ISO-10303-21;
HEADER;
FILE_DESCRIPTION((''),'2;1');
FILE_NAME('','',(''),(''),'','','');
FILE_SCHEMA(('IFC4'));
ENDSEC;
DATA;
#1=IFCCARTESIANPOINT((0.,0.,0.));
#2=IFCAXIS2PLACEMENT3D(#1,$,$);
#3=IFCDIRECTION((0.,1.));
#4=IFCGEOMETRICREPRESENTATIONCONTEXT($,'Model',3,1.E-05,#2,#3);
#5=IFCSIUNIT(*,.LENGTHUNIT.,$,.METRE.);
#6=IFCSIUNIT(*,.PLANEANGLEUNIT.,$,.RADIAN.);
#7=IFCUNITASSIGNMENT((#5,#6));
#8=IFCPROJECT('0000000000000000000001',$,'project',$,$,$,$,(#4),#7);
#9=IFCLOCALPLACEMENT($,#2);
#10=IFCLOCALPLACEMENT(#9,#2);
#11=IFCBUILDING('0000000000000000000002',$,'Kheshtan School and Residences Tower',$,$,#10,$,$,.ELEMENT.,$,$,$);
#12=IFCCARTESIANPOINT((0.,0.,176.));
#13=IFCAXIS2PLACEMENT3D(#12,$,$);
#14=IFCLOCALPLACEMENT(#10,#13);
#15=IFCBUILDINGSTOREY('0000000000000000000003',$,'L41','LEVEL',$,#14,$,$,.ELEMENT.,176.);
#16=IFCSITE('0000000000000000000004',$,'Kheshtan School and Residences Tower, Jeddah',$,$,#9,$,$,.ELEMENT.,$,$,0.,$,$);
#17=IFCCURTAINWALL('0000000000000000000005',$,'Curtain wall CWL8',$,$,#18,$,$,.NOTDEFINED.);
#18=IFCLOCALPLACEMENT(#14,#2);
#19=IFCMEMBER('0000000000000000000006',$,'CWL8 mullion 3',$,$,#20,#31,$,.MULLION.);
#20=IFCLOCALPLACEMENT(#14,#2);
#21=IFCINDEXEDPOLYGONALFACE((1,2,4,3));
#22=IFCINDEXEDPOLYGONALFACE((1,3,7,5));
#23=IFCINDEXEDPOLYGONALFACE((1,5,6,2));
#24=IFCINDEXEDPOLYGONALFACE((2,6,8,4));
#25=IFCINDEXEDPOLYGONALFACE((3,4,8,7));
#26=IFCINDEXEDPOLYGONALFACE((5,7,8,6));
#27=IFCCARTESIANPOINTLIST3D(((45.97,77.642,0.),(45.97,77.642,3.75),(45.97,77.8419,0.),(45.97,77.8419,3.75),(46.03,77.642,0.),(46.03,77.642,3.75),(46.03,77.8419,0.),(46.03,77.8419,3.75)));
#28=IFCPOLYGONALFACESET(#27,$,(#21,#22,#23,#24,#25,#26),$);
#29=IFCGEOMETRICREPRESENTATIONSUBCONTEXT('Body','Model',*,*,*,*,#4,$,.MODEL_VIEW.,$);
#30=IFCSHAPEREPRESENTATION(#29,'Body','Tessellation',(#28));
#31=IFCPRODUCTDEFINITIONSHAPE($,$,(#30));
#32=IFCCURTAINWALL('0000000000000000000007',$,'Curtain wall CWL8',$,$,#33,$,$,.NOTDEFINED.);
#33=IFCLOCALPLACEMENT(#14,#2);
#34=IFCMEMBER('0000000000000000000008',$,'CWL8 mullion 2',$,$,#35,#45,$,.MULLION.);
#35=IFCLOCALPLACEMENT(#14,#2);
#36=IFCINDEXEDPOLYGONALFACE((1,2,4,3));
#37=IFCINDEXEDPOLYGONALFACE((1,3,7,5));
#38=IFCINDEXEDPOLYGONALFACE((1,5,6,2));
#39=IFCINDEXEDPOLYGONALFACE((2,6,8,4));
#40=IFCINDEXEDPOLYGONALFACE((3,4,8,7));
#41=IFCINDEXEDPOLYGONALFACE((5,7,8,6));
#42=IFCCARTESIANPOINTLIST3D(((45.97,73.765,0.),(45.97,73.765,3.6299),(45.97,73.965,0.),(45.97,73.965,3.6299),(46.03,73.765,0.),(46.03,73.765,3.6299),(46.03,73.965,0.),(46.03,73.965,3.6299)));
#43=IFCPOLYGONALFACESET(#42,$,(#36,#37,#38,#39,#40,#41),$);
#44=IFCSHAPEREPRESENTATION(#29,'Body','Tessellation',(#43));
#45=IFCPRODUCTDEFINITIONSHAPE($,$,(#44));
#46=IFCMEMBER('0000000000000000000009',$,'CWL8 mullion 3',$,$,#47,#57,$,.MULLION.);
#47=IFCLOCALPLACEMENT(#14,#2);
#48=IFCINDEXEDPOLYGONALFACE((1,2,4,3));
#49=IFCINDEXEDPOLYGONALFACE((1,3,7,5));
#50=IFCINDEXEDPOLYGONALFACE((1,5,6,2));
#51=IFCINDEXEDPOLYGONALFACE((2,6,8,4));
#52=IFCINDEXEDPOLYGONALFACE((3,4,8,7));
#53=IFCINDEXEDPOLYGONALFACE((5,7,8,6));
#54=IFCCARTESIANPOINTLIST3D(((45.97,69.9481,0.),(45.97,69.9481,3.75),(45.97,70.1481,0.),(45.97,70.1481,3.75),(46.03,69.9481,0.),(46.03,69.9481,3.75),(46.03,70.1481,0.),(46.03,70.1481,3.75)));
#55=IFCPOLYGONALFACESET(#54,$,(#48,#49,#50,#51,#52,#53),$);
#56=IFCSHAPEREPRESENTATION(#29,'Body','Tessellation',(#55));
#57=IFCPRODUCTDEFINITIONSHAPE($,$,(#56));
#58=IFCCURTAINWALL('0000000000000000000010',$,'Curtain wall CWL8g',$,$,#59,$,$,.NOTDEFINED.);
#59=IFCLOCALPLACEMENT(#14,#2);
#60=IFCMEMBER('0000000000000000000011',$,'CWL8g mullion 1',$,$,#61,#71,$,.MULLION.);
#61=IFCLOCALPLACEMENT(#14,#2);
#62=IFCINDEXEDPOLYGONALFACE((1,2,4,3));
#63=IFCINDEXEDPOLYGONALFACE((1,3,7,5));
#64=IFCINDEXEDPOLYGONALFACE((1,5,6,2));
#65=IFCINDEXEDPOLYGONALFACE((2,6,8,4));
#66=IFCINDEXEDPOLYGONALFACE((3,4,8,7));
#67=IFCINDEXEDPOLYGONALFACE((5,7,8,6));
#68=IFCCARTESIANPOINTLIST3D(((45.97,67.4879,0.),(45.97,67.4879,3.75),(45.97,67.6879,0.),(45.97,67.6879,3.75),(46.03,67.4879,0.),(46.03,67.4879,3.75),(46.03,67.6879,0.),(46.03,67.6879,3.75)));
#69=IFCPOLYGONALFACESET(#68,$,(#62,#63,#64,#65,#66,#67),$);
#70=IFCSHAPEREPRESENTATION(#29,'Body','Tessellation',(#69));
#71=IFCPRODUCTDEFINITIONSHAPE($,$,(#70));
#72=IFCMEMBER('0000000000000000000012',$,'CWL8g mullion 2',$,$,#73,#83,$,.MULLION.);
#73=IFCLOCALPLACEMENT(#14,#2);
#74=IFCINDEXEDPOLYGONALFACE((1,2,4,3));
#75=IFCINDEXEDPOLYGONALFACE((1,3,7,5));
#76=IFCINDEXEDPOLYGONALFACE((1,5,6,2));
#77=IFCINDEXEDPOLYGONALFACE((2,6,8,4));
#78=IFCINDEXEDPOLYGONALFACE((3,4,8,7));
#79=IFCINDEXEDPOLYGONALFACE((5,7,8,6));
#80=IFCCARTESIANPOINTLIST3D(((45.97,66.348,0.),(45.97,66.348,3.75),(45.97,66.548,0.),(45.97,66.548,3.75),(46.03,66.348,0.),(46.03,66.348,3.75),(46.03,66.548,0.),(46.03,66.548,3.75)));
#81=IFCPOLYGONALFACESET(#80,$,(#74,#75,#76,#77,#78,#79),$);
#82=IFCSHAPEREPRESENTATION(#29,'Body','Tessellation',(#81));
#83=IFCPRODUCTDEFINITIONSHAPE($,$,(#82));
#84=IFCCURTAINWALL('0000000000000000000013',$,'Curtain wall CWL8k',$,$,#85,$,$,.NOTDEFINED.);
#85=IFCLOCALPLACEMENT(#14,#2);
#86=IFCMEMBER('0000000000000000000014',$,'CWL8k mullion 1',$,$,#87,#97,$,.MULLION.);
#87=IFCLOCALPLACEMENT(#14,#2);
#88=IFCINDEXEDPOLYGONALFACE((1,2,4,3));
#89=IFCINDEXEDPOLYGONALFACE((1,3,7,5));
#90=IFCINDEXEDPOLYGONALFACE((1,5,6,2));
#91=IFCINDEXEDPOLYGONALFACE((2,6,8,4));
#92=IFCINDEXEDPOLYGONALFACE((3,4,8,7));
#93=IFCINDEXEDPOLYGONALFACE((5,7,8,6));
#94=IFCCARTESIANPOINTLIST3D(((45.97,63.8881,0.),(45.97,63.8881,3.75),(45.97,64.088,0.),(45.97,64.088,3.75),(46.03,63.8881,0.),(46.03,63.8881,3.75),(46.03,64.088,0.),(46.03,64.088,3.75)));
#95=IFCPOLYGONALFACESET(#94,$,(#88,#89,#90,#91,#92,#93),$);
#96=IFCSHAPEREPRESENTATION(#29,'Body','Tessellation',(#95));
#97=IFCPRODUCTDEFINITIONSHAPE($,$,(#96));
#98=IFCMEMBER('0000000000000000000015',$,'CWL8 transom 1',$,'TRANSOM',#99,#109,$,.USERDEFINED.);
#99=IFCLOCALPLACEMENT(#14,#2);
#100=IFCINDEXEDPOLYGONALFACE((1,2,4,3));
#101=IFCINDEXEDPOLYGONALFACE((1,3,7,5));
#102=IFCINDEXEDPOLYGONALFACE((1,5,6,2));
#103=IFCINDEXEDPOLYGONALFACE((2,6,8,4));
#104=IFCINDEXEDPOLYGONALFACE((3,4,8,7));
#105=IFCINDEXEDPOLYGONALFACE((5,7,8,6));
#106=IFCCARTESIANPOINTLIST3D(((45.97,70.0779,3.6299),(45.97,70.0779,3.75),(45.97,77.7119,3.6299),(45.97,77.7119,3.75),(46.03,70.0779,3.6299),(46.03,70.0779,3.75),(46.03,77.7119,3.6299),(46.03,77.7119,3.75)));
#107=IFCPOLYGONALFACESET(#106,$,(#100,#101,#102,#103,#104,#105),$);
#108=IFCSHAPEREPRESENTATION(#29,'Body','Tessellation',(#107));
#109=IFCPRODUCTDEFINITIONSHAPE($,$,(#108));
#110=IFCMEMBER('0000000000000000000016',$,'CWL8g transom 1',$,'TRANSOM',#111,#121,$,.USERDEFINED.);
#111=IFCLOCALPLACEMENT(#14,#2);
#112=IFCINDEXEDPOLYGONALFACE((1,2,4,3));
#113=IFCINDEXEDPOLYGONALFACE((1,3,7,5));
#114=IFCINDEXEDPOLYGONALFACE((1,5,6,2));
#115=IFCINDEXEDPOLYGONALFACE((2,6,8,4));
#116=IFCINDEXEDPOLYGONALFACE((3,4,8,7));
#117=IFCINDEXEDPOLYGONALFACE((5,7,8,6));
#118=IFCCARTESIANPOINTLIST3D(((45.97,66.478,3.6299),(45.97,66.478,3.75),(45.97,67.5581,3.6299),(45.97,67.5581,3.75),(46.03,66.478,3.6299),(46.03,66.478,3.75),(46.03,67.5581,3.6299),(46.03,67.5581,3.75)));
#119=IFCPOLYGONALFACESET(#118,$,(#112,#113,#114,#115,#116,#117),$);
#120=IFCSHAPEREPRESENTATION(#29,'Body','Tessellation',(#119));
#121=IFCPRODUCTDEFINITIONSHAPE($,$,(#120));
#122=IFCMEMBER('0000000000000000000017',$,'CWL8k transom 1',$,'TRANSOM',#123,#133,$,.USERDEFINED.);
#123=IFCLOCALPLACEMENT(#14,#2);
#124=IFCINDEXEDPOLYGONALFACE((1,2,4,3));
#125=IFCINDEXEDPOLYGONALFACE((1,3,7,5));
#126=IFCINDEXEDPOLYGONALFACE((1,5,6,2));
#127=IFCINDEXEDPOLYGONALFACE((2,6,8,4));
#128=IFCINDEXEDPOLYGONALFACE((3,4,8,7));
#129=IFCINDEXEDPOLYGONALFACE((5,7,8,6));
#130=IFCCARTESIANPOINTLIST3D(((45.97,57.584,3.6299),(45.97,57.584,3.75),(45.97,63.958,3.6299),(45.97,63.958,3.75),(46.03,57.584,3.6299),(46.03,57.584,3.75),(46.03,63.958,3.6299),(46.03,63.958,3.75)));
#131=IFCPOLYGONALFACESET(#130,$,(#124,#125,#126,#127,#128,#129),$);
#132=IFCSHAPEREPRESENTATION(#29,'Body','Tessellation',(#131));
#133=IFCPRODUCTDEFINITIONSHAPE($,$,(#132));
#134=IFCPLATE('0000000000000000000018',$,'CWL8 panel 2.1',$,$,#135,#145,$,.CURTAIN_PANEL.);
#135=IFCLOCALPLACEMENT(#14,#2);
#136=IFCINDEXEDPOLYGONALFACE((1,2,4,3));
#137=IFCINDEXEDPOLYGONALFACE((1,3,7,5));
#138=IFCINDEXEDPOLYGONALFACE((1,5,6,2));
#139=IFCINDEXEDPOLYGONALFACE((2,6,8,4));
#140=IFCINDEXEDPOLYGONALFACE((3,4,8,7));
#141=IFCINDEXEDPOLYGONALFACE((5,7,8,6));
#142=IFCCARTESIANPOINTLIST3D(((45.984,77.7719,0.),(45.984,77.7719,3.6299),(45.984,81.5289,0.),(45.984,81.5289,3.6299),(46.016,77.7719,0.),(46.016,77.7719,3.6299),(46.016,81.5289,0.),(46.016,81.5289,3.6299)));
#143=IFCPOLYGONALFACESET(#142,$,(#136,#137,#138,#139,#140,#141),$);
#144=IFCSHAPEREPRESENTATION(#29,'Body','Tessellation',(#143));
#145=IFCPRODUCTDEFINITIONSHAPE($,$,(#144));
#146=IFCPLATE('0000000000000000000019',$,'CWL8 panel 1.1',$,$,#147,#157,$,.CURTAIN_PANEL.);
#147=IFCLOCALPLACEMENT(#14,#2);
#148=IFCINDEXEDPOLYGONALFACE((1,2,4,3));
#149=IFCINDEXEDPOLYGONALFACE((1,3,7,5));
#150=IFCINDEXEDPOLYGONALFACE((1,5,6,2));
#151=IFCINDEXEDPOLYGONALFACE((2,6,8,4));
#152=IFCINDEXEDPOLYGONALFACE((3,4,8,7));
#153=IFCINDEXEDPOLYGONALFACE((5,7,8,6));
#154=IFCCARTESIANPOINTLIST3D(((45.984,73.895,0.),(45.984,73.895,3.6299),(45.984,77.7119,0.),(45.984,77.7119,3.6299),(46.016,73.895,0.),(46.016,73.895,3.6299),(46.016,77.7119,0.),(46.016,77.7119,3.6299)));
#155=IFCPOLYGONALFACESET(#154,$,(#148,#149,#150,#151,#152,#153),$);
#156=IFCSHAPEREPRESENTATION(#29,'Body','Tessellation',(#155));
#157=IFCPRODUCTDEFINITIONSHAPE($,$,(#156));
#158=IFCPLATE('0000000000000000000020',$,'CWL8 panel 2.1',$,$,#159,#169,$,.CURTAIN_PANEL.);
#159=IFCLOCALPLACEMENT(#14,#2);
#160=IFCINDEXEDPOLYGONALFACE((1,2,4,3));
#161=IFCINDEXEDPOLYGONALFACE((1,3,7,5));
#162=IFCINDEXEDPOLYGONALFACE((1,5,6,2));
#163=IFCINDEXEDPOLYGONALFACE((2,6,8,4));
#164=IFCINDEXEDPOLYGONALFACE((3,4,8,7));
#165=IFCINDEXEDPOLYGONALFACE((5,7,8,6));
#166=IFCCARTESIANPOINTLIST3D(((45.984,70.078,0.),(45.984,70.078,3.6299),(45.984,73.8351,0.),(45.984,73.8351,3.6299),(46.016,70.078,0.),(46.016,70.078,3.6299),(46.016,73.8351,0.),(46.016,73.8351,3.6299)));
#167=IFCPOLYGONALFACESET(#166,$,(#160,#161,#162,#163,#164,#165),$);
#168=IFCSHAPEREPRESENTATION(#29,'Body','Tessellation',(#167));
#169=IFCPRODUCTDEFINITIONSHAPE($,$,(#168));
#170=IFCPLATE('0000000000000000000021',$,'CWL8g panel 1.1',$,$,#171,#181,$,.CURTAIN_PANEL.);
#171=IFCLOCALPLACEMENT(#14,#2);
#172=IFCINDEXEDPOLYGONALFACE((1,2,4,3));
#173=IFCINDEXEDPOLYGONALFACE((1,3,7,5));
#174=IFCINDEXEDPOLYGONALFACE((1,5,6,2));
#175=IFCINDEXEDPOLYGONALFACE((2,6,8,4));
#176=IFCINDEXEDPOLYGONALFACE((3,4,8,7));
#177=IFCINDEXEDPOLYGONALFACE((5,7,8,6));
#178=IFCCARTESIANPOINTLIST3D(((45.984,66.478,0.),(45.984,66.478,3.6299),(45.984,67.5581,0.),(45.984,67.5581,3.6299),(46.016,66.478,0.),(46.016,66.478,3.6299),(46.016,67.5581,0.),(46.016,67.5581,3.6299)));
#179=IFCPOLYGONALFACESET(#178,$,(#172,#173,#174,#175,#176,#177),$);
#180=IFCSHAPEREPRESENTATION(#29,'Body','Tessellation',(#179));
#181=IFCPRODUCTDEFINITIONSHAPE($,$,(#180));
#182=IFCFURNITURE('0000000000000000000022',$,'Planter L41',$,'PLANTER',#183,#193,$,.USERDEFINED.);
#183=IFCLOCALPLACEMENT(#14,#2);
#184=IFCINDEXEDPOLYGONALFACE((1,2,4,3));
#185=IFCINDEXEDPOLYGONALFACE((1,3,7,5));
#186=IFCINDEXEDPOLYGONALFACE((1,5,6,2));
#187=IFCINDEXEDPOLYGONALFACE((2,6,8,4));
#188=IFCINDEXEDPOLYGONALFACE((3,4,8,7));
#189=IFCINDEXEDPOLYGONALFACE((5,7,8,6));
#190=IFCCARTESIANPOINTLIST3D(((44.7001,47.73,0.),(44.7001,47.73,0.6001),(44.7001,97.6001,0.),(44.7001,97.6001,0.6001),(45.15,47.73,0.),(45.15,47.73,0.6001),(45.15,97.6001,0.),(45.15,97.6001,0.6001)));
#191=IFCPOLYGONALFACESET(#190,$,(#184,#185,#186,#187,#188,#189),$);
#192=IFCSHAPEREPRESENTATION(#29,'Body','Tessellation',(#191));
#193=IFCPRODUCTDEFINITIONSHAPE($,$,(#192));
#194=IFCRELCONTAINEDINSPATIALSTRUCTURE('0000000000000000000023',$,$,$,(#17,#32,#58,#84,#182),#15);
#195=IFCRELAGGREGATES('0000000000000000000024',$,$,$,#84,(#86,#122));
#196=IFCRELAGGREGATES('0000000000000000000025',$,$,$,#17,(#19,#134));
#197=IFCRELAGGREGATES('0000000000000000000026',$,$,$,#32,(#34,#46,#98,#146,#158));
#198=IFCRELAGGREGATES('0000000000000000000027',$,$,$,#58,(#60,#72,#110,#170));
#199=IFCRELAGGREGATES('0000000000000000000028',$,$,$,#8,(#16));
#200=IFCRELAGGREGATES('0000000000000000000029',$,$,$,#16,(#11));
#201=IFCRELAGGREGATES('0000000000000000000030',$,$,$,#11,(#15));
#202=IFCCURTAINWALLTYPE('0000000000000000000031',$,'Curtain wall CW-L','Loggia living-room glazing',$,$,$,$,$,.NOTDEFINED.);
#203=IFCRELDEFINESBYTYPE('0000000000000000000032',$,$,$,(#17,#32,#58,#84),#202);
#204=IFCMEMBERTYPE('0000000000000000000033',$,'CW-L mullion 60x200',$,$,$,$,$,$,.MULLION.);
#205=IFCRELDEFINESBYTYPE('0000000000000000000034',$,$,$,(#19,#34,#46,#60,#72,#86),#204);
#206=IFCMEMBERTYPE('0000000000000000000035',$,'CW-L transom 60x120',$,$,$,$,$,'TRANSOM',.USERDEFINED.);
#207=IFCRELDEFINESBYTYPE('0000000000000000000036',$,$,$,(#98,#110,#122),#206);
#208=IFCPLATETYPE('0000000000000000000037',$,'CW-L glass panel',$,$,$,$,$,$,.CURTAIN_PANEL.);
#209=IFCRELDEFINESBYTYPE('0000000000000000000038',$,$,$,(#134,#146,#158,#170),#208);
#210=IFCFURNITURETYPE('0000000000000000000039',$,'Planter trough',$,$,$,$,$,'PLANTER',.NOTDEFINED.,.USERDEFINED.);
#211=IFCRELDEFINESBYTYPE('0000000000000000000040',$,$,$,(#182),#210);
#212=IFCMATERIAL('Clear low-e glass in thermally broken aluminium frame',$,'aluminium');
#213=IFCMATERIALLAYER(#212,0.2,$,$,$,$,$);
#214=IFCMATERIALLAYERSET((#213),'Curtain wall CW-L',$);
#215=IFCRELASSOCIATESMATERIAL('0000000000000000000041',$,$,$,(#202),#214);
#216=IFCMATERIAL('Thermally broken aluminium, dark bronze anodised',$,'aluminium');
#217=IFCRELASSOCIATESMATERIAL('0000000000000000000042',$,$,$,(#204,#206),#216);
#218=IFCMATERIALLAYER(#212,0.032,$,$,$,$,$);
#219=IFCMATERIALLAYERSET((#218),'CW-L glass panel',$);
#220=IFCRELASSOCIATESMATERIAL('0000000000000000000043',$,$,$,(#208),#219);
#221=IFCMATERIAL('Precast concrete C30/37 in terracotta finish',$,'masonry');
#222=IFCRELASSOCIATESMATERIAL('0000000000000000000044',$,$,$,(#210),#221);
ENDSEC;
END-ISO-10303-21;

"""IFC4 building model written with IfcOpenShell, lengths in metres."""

from ifc_helpers import new_model, si_unit, direction, frame, origin, origin_2d, place, context, subcontext, project, spatial, rectangle, extrude, material, layer, layer_set, material_profile, profile_set, type_object, element, aggregate, save


model = new_model("IFC4")

# Units and contexts
model_context = context("Model", 3, precision=1e-05, world=origin(), true_north=direction((0.0, 1.0)))
body_context = subcontext(model_context, "Body", "Model", "MODEL_VIEW")
ifc_project = project(units=[si_unit("LENGTHUNIT", "METRE"), si_unit("PLANEANGLEUNIT", "RADIAN")], contexts=[model_context])

# Site, building, storey
site_placement = place(None, origin())
site = spatial("IfcSite", under=ifc_project, at=site_placement, Name="Kheshtan School and Residences Tower, Jeddah", CompositionType="ELEMENT", RefElevation=0.0)
building_placement = place(site_placement, origin())
building = spatial("IfcBuilding", under=site, at=building_placement, Name="Kheshtan School and Residences Tower", CompositionType="ELEMENT")
storey_placement = place(building_placement, frame((0.0, 0.0, 176.0)))
storey = spatial("IfcBuildingStorey", under=building, at=storey_placement, Name="L41", Description="LEVEL", CompositionType="ELEMENT", Elevation=176.0)

# Curtain wall, member
ifc_material_1 = material(Name="Clear low-e glass in thermally broken aluminium frame", Category="aluminium")
ifc_layer_1 = layer(ifc_material_1, 0.2)
ifc_layer_set_1 = layer_set([ifc_layer_1], Name="Curtain wall CW-L")
curtain_wall_type = type_object("IfcCurtainWallType", Name="Curtain wall CW-L", Description="Loggia living-room glazing", PredefinedType="NOTDEFINED", material=ifc_layer_set_1)
curtain_wall_1_placement = place(storey_placement, origin())
curtain_wall_1 = element("IfcCurtainWall", 1, at=curtain_wall_1_placement, inside=storey, type_object=curtain_wall_type, Name="Curtain wall CWL8", PredefinedType="NOTDEFINED")
ifc_material_2 = material(Name="Thermally broken aluminium, dark bronze anodised", Category="aluminium")
ifc_material_profile_1 = material_profile(ifc_material_2, rectangle(XDim=0.0601, YDim=0.2, at=origin_2d()), Name="CW-L mullion 60x200")
ifc_profile_set_1 = profile_set([ifc_material_profile_1], Name="Thermally broken aluminium, dark bronze anodised")
member_type_1 = type_object("IfcMemberType", Name="CW-L mullion 60x200", PredefinedType="MULLION", material=ifc_profile_set_1)
member_1_placement = place(storey_placement, frame((46.0, 77.7419, 0.0), z_axis=(0.0, 0.0, 1.0), x_axis=(1.0, 0.0, 0.0)))
member_1 = element("IfcMember", 2, at=member_1_placement, type_object=member_type_1, Name="CWL8 mullion 3", PredefinedType="MULLION", context=body_context, shape_type="SweptSolid", body=[
    extrude(rectangle(XDim=0.0601, YDim=0.2, at=origin_2d()), origin(), (0.0, 0.0, 1.0), 3.75),
])

# Curtain walls, members
curtain_wall_2_placement = place(storey_placement, origin())
curtain_wall_2 = element("IfcCurtainWall", 3, at=curtain_wall_2_placement, inside=storey, type_object=curtain_wall_type, Name="Curtain wall CWL8", PredefinedType="NOTDEFINED")
member_2_placement = place(storey_placement, frame((46.0, 73.865, 0.0), z_axis=(0.0, 0.0, 1.0), x_axis=(1.0, 0.0, 0.0)))
member_2 = element("IfcMember", 4, at=member_2_placement, type_object=member_type_1, Name="CWL8 mullion 2", PredefinedType="MULLION", context=body_context, shape_type="SweptSolid", body=[
    extrude(rectangle(XDim=0.0601, YDim=0.2, at=origin_2d()), origin(), (0.0, 0.0, 1.0), 3.6299),
])
member_3_placement = place(storey_placement, frame((46.0, 70.0481, 0.0), z_axis=(0.0, 0.0, 1.0), x_axis=(1.0, 0.0, 0.0)))
member_3 = element("IfcMember", 5, at=member_3_placement, type_object=member_type_1, Name="CWL8 mullion 3", PredefinedType="MULLION", context=body_context, shape_type="SweptSolid", body=[
    extrude(rectangle(XDim=0.0601, YDim=0.2, at=origin_2d()), origin(), (0.0, 0.0, 1.0), 3.75),
])
curtain_wall_3_placement = place(storey_placement, origin())
curtain_wall_3 = element("IfcCurtainWall", 6, at=curtain_wall_3_placement, inside=storey, type_object=curtain_wall_type, Name="Curtain wall CWL8g", PredefinedType="NOTDEFINED")
member_4_placement = place(storey_placement, frame((46.0, 67.5879, 0.0), z_axis=(0.0, 0.0, 1.0), x_axis=(1.0, 0.0, 0.0)))
member_4 = element("IfcMember", 7, at=member_4_placement, type_object=member_type_1, Name="CWL8g mullion 1", PredefinedType="MULLION", context=body_context, shape_type="SweptSolid", body=[
    extrude(rectangle(XDim=0.0601, YDim=0.2, at=origin_2d()), origin(), (0.0, 0.0, 1.0), 3.75),
])
member_5_placement = place(storey_placement, frame((46.0, 66.448, 0.0), z_axis=(0.0, 0.0, 1.0), x_axis=(1.0, 0.0, 0.0)))
member_5 = element("IfcMember", 8, at=member_5_placement, type_object=member_type_1, Name="CWL8g mullion 2", PredefinedType="MULLION", context=body_context, shape_type="SweptSolid", body=[
    extrude(rectangle(XDim=0.0601, YDim=0.2, at=origin_2d()), origin(), (0.0, 0.0, 1.0), 3.75),
])

# Curtain wall, member
curtain_wall_4_placement = place(storey_placement, origin())
curtain_wall_4 = element("IfcCurtainWall", 9, at=curtain_wall_4_placement, inside=storey, type_object=curtain_wall_type, Name="Curtain wall CWL8k", PredefinedType="NOTDEFINED")
member_6_placement = place(storey_placement, frame((46.0, 63.988, 0.0), z_axis=(0.0, 0.0, 1.0), x_axis=(1.0, 0.0, 0.0)))
member_6 = element("IfcMember", 10, at=member_6_placement, type_object=member_type_1, Name="CWL8k mullion 1", PredefinedType="MULLION", context=body_context, shape_type="SweptSolid", body=[
    extrude(rectangle(XDim=0.0601, YDim=0.2, at=origin_2d()), origin(), (0.0, 0.0, 1.0), 3.75),
])

# Members
ifc_material_profile_2 = material_profile(ifc_material_2, rectangle(XDim=0.0601, YDim=0.1201, at=origin_2d()), Name="CW-L transom 60x120")
ifc_profile_set_2 = profile_set([ifc_material_profile_2], Name="Thermally broken aluminium, dark bronze anodised")
member_type_2 = type_object("IfcMemberType", Name="CW-L transom 60x120", ElementType="TRANSOM", PredefinedType="USERDEFINED", material=ifc_profile_set_2)
member_7_placement = place(storey_placement, frame((46.0, 77.7119, 3.6899), z_axis=(0.0, -1.0, 0.0), x_axis=(1.0, 0.0, 0.0)))
member_7 = element("IfcMember", 11, at=member_7_placement, type_object=member_type_2, Name="CWL8 transom 1", ObjectType="TRANSOM", PredefinedType="USERDEFINED", context=body_context, shape_type="SweptSolid", body=[
    extrude(rectangle(XDim=0.0601, YDim=0.1201, at=origin_2d()), origin(), (0.0, 0.0, 1.0), 7.634),
])
member_8_placement = place(storey_placement, frame((46.0, 67.5581, 3.6899), z_axis=(0.0, -1.0, 0.0), x_axis=(1.0, 0.0, 0.0)))
member_8 = element("IfcMember", 12, at=member_8_placement, type_object=member_type_2, Name="CWL8g transom 1", ObjectType="TRANSOM", PredefinedType="USERDEFINED", context=body_context, shape_type="SweptSolid", body=[
    extrude(rectangle(XDim=0.0601, YDim=0.1201, at=origin_2d()), origin(), (0.0, 0.0, 1.0), 1.0801),
])
member_9_placement = place(storey_placement, frame((46.0, 63.958, 3.6899), z_axis=(0.0, -1.0, 0.0), x_axis=(1.0, 0.0, 0.0)))
member_9 = element("IfcMember", 13, at=member_9_placement, type_object=member_type_2, Name="CWL8k transom 1", ObjectType="TRANSOM", PredefinedType="USERDEFINED", context=body_context, shape_type="SweptSolid", body=[
    extrude(rectangle(XDim=0.0601, YDim=0.1201, at=origin_2d()), origin(), (0.0, 0.0, 1.0), 6.374),
])
aggregate(curtain_wall_4, [member_6, member_9])

# Plates
ifc_layer_2 = layer(ifc_material_1, 0.032)
ifc_layer_set_2 = layer_set([ifc_layer_2], Name="CW-L glass panel")
plate_type = type_object("IfcPlateType", Name="CW-L glass panel", PredefinedType="CURTAIN_PANEL", material=ifc_layer_set_2)
plate_1_placement = place(storey_placement, frame((46.0, 79.6504, 0.0), z_axis=(0.0, 0.0, 1.0), x_axis=(0.0, -1.0, 0.0)))
plate_1 = element("IfcPlate", 14, at=plate_1_placement, type_object=plate_type, Name="CWL8 panel 2.1", PredefinedType="CURTAIN_PANEL", context=body_context, shape_type="SweptSolid", body=[
    extrude(rectangle(XDim=3.7571, YDim=0.032, at=origin_2d()), origin(), (0.0, 0.0, 1.0), 3.6299),
])
aggregate(curtain_wall_1, [member_1, plate_1])
plate_2_placement = place(storey_placement, frame((46.0, 75.8035, 0.0), z_axis=(0.0, 0.0, 1.0), x_axis=(0.0, -1.0, 0.0)))
plate_2 = element("IfcPlate", 15, at=plate_2_placement, type_object=plate_type, Name="CWL8 panel 1.1", PredefinedType="CURTAIN_PANEL", context=body_context, shape_type="SweptSolid", body=[
    extrude(rectangle(XDim=3.8169, YDim=0.032, at=origin_2d()), origin(), (0.0, 0.0, 1.0), 3.6299),
])
plate_3_placement = place(storey_placement, frame((46.0, 71.9565, 0.0), z_axis=(0.0, 0.0, 1.0), x_axis=(0.0, -1.0, 0.0)))
plate_3 = element("IfcPlate", 16, at=plate_3_placement, type_object=plate_type, Name="CWL8 panel 2.1", PredefinedType="CURTAIN_PANEL", context=body_context, shape_type="SweptSolid", body=[
    extrude(rectangle(XDim=3.7571, YDim=0.032, at=origin_2d()), origin(), (0.0, 0.0, 1.0), 3.6299),
])
aggregate(curtain_wall_2, [member_2, member_3, member_7, plate_2, plate_3])
plate_4_placement = place(storey_placement, frame((46.0, 67.0181, 0.0), z_axis=(0.0, 0.0, 1.0), x_axis=(0.0, -1.0, 0.0)))
plate_4 = element("IfcPlate", 17, at=plate_4_placement, type_object=plate_type, Name="CWL8g panel 1.1", PredefinedType="CURTAIN_PANEL", context=body_context, shape_type="SweptSolid", body=[
    extrude(rectangle(XDim=1.0801, YDim=0.032, at=origin_2d()), origin(), (0.0, 0.0, 1.0), 3.6299),
])
aggregate(curtain_wall_3, [member_4, member_5, member_8, plate_4])

# Furniture
ifc_material_3 = material(Name="Precast concrete C30/37 in terracotta finish", Category="masonry")
furniture_type = type_object("IfcFurnitureType", Name="Planter trough", ElementType="PLANTER", AssemblyPlace="NOTDEFINED", PredefinedType="USERDEFINED", material=ifc_material_3)
furniture_placement = place(storey_placement, frame((44.925, 72.665, 0.0), z_axis=(0.0, 0.0, 1.0), x_axis=(0.0, -1.0, 0.0)))
element("IfcFurniture", 18, at=furniture_placement, inside=storey, type_object=furniture_type, Name="Planter L41", ObjectType="PLANTER", PredefinedType="USERDEFINED", context=body_context, shape_type="SweptSolid", body=[
    extrude(rectangle(XDim=49.8701, YDim=0.45, at=origin_2d()), origin(), (0.0, 0.0, 1.0), 0.6001),
])

save(model, "model.ifc")
